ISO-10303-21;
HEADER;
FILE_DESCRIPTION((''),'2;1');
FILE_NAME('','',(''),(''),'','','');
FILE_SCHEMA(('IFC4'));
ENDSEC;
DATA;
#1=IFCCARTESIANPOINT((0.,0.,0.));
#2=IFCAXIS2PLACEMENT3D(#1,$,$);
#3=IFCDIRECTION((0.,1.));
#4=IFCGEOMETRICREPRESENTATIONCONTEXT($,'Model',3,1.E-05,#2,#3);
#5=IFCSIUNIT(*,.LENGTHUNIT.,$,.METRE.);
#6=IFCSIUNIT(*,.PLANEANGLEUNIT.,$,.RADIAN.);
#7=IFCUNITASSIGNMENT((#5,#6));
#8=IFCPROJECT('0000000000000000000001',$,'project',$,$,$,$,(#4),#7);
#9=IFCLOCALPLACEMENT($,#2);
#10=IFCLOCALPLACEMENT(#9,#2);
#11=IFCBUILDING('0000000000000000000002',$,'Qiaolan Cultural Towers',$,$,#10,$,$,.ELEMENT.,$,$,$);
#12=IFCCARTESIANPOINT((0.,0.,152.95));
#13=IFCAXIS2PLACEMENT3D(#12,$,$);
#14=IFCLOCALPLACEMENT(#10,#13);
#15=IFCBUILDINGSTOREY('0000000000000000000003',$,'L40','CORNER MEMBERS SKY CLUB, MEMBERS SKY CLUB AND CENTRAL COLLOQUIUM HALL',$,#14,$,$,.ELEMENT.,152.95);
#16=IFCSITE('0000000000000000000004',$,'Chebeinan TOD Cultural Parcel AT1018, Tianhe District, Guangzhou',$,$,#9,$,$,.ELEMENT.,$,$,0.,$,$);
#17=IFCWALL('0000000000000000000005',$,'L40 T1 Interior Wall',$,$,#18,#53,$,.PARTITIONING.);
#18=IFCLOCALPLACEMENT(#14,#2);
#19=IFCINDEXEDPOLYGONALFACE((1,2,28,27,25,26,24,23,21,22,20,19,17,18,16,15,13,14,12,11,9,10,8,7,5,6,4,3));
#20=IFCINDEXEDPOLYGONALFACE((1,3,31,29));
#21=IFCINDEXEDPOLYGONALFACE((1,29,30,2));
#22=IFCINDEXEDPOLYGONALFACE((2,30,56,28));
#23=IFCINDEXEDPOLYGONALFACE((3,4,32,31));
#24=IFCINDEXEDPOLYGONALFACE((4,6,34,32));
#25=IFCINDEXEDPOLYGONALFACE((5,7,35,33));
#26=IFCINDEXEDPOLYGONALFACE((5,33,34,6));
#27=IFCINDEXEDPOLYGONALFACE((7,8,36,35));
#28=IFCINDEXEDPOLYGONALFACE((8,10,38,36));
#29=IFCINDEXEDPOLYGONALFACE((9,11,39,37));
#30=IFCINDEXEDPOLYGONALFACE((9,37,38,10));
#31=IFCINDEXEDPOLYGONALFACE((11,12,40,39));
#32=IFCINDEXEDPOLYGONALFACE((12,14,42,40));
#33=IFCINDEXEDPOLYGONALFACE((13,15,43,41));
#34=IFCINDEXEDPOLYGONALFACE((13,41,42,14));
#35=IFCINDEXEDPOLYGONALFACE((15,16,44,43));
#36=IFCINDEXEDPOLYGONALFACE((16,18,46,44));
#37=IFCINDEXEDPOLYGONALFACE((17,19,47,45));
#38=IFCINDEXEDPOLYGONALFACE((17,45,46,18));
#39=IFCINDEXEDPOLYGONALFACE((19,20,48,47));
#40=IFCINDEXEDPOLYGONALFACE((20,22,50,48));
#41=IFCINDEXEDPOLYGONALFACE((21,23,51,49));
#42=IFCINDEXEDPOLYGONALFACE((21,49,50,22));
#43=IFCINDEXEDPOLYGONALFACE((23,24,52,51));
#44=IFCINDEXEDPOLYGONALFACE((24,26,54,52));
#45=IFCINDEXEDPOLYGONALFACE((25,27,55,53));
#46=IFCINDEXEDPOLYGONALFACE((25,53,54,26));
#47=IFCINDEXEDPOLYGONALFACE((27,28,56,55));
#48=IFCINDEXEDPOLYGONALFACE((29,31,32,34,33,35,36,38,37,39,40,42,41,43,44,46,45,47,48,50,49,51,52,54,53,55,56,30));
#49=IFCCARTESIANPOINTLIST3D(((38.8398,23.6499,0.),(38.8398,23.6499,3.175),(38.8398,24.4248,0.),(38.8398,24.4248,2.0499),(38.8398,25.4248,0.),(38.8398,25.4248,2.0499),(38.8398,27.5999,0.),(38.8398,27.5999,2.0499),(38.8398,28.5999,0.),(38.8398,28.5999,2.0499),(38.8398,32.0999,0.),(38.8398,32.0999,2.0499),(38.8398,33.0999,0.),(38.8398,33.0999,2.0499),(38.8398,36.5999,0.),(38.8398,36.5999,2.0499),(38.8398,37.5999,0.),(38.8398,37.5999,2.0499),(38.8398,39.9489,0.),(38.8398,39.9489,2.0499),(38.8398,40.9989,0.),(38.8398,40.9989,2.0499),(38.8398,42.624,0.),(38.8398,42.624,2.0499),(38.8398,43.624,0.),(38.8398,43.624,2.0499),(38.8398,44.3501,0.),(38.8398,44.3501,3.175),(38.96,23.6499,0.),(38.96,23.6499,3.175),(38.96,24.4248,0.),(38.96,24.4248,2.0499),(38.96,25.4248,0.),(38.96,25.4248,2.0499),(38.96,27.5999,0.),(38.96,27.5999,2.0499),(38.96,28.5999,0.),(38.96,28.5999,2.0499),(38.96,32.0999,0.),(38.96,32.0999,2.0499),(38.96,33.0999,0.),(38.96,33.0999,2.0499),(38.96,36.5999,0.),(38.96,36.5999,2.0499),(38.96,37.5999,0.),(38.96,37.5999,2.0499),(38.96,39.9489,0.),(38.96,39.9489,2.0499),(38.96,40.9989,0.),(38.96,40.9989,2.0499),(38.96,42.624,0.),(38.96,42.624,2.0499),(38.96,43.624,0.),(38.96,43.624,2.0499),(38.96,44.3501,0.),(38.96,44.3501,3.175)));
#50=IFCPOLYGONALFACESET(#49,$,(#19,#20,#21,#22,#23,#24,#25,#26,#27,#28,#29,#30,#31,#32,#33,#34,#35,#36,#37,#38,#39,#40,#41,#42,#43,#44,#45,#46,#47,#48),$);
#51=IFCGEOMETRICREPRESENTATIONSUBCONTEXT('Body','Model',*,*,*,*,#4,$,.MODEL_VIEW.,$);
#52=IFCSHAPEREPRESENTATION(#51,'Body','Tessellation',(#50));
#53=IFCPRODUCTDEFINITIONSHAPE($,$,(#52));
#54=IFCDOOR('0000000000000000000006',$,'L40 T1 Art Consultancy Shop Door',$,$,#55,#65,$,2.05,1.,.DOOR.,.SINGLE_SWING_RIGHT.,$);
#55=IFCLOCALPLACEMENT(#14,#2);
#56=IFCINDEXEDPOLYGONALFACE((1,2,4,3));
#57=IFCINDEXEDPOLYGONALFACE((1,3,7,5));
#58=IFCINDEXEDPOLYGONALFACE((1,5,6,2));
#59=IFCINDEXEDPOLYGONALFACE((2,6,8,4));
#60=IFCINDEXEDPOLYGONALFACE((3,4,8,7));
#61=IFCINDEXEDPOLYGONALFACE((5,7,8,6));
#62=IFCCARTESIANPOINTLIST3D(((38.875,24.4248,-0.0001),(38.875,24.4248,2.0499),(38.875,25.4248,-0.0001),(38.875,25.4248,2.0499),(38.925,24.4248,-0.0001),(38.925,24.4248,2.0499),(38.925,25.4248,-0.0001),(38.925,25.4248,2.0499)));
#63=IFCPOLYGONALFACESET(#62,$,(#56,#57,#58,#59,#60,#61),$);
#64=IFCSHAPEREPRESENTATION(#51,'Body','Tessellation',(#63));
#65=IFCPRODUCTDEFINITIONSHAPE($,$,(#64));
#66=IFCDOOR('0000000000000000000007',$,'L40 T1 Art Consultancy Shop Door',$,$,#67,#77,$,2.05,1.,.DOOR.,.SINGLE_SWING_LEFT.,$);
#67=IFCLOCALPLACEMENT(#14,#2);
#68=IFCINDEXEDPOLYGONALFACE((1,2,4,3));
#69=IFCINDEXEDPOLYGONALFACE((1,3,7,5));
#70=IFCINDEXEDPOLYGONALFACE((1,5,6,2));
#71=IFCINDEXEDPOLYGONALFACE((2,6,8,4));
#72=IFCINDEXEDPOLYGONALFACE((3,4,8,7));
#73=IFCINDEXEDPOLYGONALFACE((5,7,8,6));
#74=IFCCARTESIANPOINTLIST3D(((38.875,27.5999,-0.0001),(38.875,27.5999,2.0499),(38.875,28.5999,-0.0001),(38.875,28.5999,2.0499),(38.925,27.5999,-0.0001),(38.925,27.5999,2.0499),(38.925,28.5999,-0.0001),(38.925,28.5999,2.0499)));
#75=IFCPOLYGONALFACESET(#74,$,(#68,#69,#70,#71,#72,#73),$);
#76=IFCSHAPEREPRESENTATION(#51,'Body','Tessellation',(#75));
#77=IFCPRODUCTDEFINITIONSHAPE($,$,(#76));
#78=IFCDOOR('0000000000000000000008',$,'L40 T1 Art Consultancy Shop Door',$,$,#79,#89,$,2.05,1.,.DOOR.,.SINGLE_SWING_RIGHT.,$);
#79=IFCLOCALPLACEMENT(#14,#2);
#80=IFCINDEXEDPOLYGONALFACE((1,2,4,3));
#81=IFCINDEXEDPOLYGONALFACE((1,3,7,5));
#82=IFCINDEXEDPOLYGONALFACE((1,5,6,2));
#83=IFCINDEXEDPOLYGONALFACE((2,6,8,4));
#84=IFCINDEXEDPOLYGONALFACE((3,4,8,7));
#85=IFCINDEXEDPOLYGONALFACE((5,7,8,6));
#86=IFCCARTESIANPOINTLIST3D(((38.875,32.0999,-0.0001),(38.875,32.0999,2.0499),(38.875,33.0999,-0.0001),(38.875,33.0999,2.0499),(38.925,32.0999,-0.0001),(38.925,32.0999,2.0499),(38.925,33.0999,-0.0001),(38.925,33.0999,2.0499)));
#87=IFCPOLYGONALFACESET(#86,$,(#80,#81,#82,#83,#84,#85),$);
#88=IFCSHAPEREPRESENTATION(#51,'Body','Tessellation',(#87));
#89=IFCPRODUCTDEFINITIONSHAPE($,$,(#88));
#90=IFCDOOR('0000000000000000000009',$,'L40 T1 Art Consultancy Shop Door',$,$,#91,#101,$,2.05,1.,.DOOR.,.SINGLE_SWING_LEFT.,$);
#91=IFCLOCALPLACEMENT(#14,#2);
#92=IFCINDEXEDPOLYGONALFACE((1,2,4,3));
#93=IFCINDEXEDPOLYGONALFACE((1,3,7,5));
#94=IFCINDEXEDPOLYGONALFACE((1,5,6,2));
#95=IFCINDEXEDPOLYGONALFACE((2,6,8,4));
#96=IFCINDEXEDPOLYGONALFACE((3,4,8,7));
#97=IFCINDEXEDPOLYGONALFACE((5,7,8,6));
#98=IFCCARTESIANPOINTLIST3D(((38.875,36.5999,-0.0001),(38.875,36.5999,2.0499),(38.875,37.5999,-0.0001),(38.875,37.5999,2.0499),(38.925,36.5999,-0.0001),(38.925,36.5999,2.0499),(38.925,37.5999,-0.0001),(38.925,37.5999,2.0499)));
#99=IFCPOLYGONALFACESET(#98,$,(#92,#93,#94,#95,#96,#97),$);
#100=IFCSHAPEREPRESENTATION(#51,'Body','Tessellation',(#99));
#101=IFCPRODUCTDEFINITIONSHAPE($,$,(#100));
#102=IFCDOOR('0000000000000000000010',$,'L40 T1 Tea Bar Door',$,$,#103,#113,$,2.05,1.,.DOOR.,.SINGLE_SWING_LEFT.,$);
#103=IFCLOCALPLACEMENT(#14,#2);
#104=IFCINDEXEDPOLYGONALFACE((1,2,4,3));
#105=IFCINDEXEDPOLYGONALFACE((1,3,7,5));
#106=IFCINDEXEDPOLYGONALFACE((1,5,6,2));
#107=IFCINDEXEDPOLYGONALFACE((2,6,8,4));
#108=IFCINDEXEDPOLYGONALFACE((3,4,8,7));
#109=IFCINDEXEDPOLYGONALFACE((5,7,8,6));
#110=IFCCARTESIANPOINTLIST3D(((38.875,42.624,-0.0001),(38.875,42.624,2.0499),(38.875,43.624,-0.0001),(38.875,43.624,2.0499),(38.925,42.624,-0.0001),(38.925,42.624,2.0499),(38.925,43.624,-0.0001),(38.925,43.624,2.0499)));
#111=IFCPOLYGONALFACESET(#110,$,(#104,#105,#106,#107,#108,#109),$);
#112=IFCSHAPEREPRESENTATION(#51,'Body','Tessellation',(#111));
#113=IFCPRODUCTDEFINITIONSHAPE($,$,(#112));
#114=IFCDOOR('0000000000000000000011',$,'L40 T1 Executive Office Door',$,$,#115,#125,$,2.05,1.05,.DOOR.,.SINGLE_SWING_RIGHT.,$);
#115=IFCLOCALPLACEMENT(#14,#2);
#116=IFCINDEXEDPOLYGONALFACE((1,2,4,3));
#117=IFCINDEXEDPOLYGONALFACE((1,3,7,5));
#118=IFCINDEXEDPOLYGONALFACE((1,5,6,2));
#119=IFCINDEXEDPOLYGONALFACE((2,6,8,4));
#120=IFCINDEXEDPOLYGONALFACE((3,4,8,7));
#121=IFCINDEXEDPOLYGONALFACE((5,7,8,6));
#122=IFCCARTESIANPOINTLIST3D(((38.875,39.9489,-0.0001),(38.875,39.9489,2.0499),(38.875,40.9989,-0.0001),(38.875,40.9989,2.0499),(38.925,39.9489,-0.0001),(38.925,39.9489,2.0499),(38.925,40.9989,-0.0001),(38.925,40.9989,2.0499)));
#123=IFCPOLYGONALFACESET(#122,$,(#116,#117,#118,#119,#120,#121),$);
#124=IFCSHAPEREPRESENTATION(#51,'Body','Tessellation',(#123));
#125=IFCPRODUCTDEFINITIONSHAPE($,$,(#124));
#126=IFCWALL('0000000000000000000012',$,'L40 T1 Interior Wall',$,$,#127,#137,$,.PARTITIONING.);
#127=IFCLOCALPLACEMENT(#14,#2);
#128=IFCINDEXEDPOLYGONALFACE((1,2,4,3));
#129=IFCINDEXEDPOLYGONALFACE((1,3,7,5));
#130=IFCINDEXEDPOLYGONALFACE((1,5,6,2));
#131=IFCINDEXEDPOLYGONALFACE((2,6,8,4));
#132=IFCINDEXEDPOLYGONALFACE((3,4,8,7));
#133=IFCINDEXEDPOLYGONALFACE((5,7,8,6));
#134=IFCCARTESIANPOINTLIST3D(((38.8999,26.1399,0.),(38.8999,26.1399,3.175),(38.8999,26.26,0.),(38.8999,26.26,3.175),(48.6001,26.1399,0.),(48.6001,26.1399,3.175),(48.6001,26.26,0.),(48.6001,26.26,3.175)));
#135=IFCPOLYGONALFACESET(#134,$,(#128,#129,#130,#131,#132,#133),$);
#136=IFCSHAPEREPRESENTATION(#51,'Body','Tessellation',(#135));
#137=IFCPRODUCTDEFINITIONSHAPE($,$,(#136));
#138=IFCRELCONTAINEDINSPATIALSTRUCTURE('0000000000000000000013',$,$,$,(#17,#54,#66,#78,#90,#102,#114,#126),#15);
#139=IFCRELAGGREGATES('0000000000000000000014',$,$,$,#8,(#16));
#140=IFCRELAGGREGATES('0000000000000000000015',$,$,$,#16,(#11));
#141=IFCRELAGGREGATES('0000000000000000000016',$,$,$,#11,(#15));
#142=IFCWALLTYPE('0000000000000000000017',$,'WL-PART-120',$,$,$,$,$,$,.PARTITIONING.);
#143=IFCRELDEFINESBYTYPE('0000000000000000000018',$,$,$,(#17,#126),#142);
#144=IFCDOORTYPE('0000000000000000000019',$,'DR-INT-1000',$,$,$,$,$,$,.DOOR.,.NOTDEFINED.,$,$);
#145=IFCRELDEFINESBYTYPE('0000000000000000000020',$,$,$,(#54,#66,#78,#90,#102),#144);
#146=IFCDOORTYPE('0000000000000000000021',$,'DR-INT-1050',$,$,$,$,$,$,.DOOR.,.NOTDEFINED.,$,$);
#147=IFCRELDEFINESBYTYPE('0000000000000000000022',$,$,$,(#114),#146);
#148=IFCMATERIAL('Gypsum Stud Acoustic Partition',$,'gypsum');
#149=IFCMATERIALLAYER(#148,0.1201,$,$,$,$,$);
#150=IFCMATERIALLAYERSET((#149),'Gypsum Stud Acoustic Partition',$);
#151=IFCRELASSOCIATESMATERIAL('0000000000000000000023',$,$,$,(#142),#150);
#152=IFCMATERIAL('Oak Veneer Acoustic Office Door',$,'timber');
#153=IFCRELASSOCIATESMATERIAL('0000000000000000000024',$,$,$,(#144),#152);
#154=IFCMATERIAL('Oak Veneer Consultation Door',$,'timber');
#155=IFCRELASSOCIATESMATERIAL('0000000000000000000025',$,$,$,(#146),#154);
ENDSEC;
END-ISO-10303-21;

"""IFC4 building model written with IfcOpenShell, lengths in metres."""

from ifc_helpers import new_model, si_unit, direction, frame, frame_2d, origin, place, context, subcontext, project, spatial, rectangle, extrude, material, layer, layer_set, type_object, element, fill, save


model = new_model("IFC4")

# Units and contexts
model_context = context("Model", 3, precision=1e-05, world=origin(), true_north=direction((0.0, 1.0)))
body_context = subcontext(model_context, "Body", "Model", "MODEL_VIEW")
ifc_project = project(units=[si_unit("LENGTHUNIT", "METRE"), si_unit("PLANEANGLEUNIT", "RADIAN")], contexts=[model_context])

# Site, building, storey
site_placement = place(None, origin())
site = spatial("IfcSite", under=ifc_project, at=site_placement, Name="Chebeinan TOD Cultural Parcel AT1018, Tianhe District, Guangzhou", CompositionType="ELEMENT", RefElevation=0.0)
building_placement = place(site_placement, origin())
building = spatial("IfcBuilding", under=site, at=building_placement, Name="Qiaolan Cultural Towers", CompositionType="ELEMENT")
storey_placement = place(building_placement, frame((0.0, 0.0, 152.95)))
storey = spatial("IfcBuildingStorey", under=building, at=storey_placement, Name="L40", Description="CORNER MEMBERS SKY CLUB, MEMBERS SKY CLUB AND CENTRAL COLLOQUIUM HALL", CompositionType="ELEMENT", Elevation=152.95)

# Shared definitions
ifc_material_1 = material(Name="Gypsum Stud Acoustic Partition", Category="gypsum")
ifc_layer_1 = layer(ifc_material_1, 0.1201)
ifc_layer_set_1 = layer_set([ifc_layer_1], Name="Gypsum Stud Acoustic Partition")
wall_type_1 = type_object("IfcWallType", Name="WL-PART-120", PredefinedType="PARTITIONING", material=ifc_layer_set_1)

# Wall, openings, doors
wall_1_placement = place(storey_placement, frame((38.8999, 23.6499, 0.0), z_axis=(0.0, 0.0, 1.0), x_axis=(0.0, 1.0, 0.0)))
wall_1 = element("IfcWall", 1, at=wall_1_placement, inside=storey, type_object=wall_type_1, Name="L40 T1 Interior Wall", PredefinedType="PARTITIONING", context=body_context, shape_type="SweptSolid", body=[
    extrude(rectangle(XDim=20.7002, YDim=0.1201, at=frame_2d((10.3501, 0.0))), origin(), (0.0, 0.0, 1.0), 3.175),
])
opening_1_placement = place(wall_1_placement, frame((0.7749, 0.0, 0.0)))
opening_1 = element("IfcOpeningElement", 2, at=opening_1_placement, cuts=wall_1, PredefinedType="OPENING", context=body_context, shape_type="SweptSolid", body=[
    extrude(rectangle(XDim=1.0, YDim=2.05, at=frame_2d((0.5, 1.0249))), frame((0.0, 0.0701, 0.0), z_axis=(0.0, -1.0, 0.0), x_axis=(1.0, 0.0, 0.0)), (0.0, 0.0, 1.0), 0.1401),
])
opening_2_placement = place(wall_1_placement, frame((3.95, 0.0, 0.0)))
opening_2 = element("IfcOpeningElement", 3, at=opening_2_placement, cuts=wall_1, PredefinedType="OPENING", context=body_context, shape_type="SweptSolid", body=[
    extrude(rectangle(XDim=1.0, YDim=2.05, at=frame_2d((0.5, 1.0249))), frame((0.0, 0.0701, 0.0), z_axis=(0.0, -1.0, 0.0), x_axis=(1.0, 0.0, 0.0)), (0.0, 0.0, 1.0), 0.1401),
])
opening_3_placement = place(wall_1_placement, frame((8.45, 0.0, 0.0)))
opening_3 = element("IfcOpeningElement", 4, at=opening_3_placement, cuts=wall_1, PredefinedType="OPENING", context=body_context, shape_type="SweptSolid", body=[
    extrude(rectangle(XDim=1.0, YDim=2.05, at=frame_2d((0.5, 1.0249))), frame((0.0, 0.0701, 0.0), z_axis=(0.0, -1.0, 0.0), x_axis=(1.0, 0.0, 0.0)), (0.0, 0.0, 1.0), 0.1401),
])
opening_4_placement = place(wall_1_placement, frame((12.95, 0.0, 0.0)))
opening_4 = element("IfcOpeningElement", 5, at=opening_4_placement, cuts=wall_1, PredefinedType="OPENING", context=body_context, shape_type="SweptSolid", body=[
    extrude(rectangle(XDim=1.0, YDim=2.05, at=frame_2d((0.5, 1.0249))), frame((0.0, 0.0701, 0.0), z_axis=(0.0, -1.0, 0.0), x_axis=(1.0, 0.0, 0.0)), (0.0, 0.0, 1.0), 0.1401),
])
opening_5_placement = place(wall_1_placement, frame((16.2991, 0.0, 0.0)))
opening_5 = element("IfcOpeningElement", 6, at=opening_5_placement, cuts=wall_1, PredefinedType="OPENING", context=body_context, shape_type="SweptSolid", body=[
    extrude(rectangle(XDim=1.05, YDim=2.05, at=frame_2d((0.5249, 1.0249))), frame((0.0, 0.0701, 0.0), z_axis=(0.0, -1.0, 0.0), x_axis=(1.0, 0.0, 0.0)), (0.0, 0.0, 1.0), 0.1401),
])
opening_6_placement = place(wall_1_placement, frame((18.9741, 0.0, 0.0)))
opening_6 = element("IfcOpeningElement", 7, at=opening_6_placement, cuts=wall_1, PredefinedType="OPENING", context=body_context, shape_type="SweptSolid", body=[
    extrude(rectangle(XDim=1.0, YDim=2.05, at=frame_2d((0.5, 1.0249))), frame((0.0, 0.0701, 0.0), z_axis=(0.0, -1.0, 0.0), x_axis=(1.0, 0.0, 0.0)), (0.0, 0.0, 1.0), 0.1401),
])
ifc_material_2 = material(Name="Oak Veneer Acoustic Office Door", Category="timber")
door_type_1 = type_object("IfcDoorType", Name="DR-INT-1000", OperationType="NOTDEFINED", PredefinedType="DOOR", material=ifc_material_2)
door_1_placement = place(opening_1_placement, origin())
door_1 = element("IfcDoor", 8, at=door_1_placement, inside=storey, type_object=door_type_1, Name="L40 T1 Art Consultancy Shop Door", OperationType="SINGLE_SWING_RIGHT", OverallHeight=2.05, OverallWidth=1.0, PredefinedType="DOOR", context=body_context, shape_type="SweptSolid", body=[
    extrude(rectangle(XDim=1.0, YDim=2.05, at=frame_2d((0.5, 1.0249))), frame((0.0, 0.0249, 0.0), z_axis=(0.0, -1.0, 0.0), x_axis=(1.0, 0.0, 0.0)), (0.0, 0.0, 1.0), 0.05),
])
fill(opening_1, door_1)
door_2_placement = place(opening_2_placement, origin())
door_2 = element("IfcDoor", 9, at=door_2_placement, inside=storey, type_object=door_type_1, Name="L40 T1 Art Consultancy Shop Door", OperationType="SINGLE_SWING_LEFT", OverallHeight=2.05, OverallWidth=1.0, PredefinedType="DOOR", context=body_context, shape_type="SweptSolid", body=[
    extrude(rectangle(XDim=1.0, YDim=2.05, at=frame_2d((0.5, 1.0249))), frame((0.0, 0.0249, 0.0), z_axis=(0.0, -1.0, 0.0), x_axis=(1.0, 0.0, 0.0)), (0.0, 0.0, 1.0), 0.05),
])
fill(opening_2, door_2)
door_3_placement = place(opening_3_placement, origin())
door_3 = element("IfcDoor", 10, at=door_3_placement, inside=storey, type_object=door_type_1, Name="L40 T1 Art Consultancy Shop Door", OperationType="SINGLE_SWING_RIGHT", OverallHeight=2.05, OverallWidth=1.0, PredefinedType="DOOR", context=body_context, shape_type="SweptSolid", body=[
    extrude(rectangle(XDim=1.0, YDim=2.05, at=frame_2d((0.5, 1.0249))), frame((0.0, 0.0249, 0.0), z_axis=(0.0, -1.0, 0.0), x_axis=(1.0, 0.0, 0.0)), (0.0, 0.0, 1.0), 0.05),
])
fill(opening_3, door_3)
door_4_placement = place(opening_4_placement, origin())
door_4 = element("IfcDoor", 11, at=door_4_placement, inside=storey, type_object=door_type_1, Name="L40 T1 Art Consultancy Shop Door", OperationType="SINGLE_SWING_LEFT", OverallHeight=2.05, OverallWidth=1.0, PredefinedType="DOOR", context=body_context, shape_type="SweptSolid", body=[
    extrude(rectangle(XDim=1.0, YDim=2.05, at=frame_2d((0.5, 1.0249))), frame((0.0, 0.0249, 0.0), z_axis=(0.0, -1.0, 0.0), x_axis=(1.0, 0.0, 0.0)), (0.0, 0.0, 1.0), 0.05),
])
fill(opening_4, door_4)
door_5_placement = place(opening_6_placement, origin())
door_5 = element("IfcDoor", 12, at=door_5_placement, inside=storey, type_object=door_type_1, Name="L40 T1 Tea Bar Door", OperationType="SINGLE_SWING_LEFT", OverallHeight=2.05, OverallWidth=1.0, PredefinedType="DOOR", context=body_context, shape_type="SweptSolid", body=[
    extrude(rectangle(XDim=1.0, YDim=2.05, at=frame_2d((0.5, 1.0249))), frame((0.0, 0.0249, 0.0), z_axis=(0.0, -1.0, 0.0), x_axis=(1.0, 0.0, 0.0)), (0.0, 0.0, 1.0), 0.05),
])
fill(opening_6, door_5)
ifc_material_3 = material(Name="Oak Veneer Consultation Door", Category="timber")
door_type_2 = type_object("IfcDoorType", Name="DR-INT-1050", OperationType="NOTDEFINED", PredefinedType="DOOR", material=ifc_material_3)
door_6_placement = place(opening_5_placement, origin())
door_6 = element("IfcDoor", 13, at=door_6_placement, inside=storey, type_object=door_type_2, Name="L40 T1 Executive Office Door", OperationType="SINGLE_SWING_RIGHT", OverallHeight=2.05, OverallWidth=1.05, PredefinedType="DOOR", context=body_context, shape_type="SweptSolid", body=[
    extrude(rectangle(XDim=1.05, YDim=2.05, at=frame_2d((0.5249, 1.0249))), frame((0.0, 0.0249, 0.0), z_axis=(0.0, -1.0, 0.0), x_axis=(1.0, 0.0, 0.0)), (0.0, 0.0, 1.0), 0.05),
])
fill(opening_5, door_6)

# Wall
wall_2_placement = place(storey_placement, frame((38.8999, 26.2, 0.0), z_axis=(0.0, 0.0, 1.0), x_axis=(1.0, 0.0, 0.0)))
element("IfcWall", 14, at=wall_2_placement, inside=storey, type_object=wall_type_1, Name="L40 T1 Interior Wall", PredefinedType="PARTITIONING", context=body_context, shape_type="SweptSolid", body=[
    extrude(rectangle(XDim=9.7002, YDim=0.1201, at=frame_2d((4.8501, 0.0))), origin(), (0.0, 0.0, 1.0), 3.175),
])

save(model, "model.ifc")
